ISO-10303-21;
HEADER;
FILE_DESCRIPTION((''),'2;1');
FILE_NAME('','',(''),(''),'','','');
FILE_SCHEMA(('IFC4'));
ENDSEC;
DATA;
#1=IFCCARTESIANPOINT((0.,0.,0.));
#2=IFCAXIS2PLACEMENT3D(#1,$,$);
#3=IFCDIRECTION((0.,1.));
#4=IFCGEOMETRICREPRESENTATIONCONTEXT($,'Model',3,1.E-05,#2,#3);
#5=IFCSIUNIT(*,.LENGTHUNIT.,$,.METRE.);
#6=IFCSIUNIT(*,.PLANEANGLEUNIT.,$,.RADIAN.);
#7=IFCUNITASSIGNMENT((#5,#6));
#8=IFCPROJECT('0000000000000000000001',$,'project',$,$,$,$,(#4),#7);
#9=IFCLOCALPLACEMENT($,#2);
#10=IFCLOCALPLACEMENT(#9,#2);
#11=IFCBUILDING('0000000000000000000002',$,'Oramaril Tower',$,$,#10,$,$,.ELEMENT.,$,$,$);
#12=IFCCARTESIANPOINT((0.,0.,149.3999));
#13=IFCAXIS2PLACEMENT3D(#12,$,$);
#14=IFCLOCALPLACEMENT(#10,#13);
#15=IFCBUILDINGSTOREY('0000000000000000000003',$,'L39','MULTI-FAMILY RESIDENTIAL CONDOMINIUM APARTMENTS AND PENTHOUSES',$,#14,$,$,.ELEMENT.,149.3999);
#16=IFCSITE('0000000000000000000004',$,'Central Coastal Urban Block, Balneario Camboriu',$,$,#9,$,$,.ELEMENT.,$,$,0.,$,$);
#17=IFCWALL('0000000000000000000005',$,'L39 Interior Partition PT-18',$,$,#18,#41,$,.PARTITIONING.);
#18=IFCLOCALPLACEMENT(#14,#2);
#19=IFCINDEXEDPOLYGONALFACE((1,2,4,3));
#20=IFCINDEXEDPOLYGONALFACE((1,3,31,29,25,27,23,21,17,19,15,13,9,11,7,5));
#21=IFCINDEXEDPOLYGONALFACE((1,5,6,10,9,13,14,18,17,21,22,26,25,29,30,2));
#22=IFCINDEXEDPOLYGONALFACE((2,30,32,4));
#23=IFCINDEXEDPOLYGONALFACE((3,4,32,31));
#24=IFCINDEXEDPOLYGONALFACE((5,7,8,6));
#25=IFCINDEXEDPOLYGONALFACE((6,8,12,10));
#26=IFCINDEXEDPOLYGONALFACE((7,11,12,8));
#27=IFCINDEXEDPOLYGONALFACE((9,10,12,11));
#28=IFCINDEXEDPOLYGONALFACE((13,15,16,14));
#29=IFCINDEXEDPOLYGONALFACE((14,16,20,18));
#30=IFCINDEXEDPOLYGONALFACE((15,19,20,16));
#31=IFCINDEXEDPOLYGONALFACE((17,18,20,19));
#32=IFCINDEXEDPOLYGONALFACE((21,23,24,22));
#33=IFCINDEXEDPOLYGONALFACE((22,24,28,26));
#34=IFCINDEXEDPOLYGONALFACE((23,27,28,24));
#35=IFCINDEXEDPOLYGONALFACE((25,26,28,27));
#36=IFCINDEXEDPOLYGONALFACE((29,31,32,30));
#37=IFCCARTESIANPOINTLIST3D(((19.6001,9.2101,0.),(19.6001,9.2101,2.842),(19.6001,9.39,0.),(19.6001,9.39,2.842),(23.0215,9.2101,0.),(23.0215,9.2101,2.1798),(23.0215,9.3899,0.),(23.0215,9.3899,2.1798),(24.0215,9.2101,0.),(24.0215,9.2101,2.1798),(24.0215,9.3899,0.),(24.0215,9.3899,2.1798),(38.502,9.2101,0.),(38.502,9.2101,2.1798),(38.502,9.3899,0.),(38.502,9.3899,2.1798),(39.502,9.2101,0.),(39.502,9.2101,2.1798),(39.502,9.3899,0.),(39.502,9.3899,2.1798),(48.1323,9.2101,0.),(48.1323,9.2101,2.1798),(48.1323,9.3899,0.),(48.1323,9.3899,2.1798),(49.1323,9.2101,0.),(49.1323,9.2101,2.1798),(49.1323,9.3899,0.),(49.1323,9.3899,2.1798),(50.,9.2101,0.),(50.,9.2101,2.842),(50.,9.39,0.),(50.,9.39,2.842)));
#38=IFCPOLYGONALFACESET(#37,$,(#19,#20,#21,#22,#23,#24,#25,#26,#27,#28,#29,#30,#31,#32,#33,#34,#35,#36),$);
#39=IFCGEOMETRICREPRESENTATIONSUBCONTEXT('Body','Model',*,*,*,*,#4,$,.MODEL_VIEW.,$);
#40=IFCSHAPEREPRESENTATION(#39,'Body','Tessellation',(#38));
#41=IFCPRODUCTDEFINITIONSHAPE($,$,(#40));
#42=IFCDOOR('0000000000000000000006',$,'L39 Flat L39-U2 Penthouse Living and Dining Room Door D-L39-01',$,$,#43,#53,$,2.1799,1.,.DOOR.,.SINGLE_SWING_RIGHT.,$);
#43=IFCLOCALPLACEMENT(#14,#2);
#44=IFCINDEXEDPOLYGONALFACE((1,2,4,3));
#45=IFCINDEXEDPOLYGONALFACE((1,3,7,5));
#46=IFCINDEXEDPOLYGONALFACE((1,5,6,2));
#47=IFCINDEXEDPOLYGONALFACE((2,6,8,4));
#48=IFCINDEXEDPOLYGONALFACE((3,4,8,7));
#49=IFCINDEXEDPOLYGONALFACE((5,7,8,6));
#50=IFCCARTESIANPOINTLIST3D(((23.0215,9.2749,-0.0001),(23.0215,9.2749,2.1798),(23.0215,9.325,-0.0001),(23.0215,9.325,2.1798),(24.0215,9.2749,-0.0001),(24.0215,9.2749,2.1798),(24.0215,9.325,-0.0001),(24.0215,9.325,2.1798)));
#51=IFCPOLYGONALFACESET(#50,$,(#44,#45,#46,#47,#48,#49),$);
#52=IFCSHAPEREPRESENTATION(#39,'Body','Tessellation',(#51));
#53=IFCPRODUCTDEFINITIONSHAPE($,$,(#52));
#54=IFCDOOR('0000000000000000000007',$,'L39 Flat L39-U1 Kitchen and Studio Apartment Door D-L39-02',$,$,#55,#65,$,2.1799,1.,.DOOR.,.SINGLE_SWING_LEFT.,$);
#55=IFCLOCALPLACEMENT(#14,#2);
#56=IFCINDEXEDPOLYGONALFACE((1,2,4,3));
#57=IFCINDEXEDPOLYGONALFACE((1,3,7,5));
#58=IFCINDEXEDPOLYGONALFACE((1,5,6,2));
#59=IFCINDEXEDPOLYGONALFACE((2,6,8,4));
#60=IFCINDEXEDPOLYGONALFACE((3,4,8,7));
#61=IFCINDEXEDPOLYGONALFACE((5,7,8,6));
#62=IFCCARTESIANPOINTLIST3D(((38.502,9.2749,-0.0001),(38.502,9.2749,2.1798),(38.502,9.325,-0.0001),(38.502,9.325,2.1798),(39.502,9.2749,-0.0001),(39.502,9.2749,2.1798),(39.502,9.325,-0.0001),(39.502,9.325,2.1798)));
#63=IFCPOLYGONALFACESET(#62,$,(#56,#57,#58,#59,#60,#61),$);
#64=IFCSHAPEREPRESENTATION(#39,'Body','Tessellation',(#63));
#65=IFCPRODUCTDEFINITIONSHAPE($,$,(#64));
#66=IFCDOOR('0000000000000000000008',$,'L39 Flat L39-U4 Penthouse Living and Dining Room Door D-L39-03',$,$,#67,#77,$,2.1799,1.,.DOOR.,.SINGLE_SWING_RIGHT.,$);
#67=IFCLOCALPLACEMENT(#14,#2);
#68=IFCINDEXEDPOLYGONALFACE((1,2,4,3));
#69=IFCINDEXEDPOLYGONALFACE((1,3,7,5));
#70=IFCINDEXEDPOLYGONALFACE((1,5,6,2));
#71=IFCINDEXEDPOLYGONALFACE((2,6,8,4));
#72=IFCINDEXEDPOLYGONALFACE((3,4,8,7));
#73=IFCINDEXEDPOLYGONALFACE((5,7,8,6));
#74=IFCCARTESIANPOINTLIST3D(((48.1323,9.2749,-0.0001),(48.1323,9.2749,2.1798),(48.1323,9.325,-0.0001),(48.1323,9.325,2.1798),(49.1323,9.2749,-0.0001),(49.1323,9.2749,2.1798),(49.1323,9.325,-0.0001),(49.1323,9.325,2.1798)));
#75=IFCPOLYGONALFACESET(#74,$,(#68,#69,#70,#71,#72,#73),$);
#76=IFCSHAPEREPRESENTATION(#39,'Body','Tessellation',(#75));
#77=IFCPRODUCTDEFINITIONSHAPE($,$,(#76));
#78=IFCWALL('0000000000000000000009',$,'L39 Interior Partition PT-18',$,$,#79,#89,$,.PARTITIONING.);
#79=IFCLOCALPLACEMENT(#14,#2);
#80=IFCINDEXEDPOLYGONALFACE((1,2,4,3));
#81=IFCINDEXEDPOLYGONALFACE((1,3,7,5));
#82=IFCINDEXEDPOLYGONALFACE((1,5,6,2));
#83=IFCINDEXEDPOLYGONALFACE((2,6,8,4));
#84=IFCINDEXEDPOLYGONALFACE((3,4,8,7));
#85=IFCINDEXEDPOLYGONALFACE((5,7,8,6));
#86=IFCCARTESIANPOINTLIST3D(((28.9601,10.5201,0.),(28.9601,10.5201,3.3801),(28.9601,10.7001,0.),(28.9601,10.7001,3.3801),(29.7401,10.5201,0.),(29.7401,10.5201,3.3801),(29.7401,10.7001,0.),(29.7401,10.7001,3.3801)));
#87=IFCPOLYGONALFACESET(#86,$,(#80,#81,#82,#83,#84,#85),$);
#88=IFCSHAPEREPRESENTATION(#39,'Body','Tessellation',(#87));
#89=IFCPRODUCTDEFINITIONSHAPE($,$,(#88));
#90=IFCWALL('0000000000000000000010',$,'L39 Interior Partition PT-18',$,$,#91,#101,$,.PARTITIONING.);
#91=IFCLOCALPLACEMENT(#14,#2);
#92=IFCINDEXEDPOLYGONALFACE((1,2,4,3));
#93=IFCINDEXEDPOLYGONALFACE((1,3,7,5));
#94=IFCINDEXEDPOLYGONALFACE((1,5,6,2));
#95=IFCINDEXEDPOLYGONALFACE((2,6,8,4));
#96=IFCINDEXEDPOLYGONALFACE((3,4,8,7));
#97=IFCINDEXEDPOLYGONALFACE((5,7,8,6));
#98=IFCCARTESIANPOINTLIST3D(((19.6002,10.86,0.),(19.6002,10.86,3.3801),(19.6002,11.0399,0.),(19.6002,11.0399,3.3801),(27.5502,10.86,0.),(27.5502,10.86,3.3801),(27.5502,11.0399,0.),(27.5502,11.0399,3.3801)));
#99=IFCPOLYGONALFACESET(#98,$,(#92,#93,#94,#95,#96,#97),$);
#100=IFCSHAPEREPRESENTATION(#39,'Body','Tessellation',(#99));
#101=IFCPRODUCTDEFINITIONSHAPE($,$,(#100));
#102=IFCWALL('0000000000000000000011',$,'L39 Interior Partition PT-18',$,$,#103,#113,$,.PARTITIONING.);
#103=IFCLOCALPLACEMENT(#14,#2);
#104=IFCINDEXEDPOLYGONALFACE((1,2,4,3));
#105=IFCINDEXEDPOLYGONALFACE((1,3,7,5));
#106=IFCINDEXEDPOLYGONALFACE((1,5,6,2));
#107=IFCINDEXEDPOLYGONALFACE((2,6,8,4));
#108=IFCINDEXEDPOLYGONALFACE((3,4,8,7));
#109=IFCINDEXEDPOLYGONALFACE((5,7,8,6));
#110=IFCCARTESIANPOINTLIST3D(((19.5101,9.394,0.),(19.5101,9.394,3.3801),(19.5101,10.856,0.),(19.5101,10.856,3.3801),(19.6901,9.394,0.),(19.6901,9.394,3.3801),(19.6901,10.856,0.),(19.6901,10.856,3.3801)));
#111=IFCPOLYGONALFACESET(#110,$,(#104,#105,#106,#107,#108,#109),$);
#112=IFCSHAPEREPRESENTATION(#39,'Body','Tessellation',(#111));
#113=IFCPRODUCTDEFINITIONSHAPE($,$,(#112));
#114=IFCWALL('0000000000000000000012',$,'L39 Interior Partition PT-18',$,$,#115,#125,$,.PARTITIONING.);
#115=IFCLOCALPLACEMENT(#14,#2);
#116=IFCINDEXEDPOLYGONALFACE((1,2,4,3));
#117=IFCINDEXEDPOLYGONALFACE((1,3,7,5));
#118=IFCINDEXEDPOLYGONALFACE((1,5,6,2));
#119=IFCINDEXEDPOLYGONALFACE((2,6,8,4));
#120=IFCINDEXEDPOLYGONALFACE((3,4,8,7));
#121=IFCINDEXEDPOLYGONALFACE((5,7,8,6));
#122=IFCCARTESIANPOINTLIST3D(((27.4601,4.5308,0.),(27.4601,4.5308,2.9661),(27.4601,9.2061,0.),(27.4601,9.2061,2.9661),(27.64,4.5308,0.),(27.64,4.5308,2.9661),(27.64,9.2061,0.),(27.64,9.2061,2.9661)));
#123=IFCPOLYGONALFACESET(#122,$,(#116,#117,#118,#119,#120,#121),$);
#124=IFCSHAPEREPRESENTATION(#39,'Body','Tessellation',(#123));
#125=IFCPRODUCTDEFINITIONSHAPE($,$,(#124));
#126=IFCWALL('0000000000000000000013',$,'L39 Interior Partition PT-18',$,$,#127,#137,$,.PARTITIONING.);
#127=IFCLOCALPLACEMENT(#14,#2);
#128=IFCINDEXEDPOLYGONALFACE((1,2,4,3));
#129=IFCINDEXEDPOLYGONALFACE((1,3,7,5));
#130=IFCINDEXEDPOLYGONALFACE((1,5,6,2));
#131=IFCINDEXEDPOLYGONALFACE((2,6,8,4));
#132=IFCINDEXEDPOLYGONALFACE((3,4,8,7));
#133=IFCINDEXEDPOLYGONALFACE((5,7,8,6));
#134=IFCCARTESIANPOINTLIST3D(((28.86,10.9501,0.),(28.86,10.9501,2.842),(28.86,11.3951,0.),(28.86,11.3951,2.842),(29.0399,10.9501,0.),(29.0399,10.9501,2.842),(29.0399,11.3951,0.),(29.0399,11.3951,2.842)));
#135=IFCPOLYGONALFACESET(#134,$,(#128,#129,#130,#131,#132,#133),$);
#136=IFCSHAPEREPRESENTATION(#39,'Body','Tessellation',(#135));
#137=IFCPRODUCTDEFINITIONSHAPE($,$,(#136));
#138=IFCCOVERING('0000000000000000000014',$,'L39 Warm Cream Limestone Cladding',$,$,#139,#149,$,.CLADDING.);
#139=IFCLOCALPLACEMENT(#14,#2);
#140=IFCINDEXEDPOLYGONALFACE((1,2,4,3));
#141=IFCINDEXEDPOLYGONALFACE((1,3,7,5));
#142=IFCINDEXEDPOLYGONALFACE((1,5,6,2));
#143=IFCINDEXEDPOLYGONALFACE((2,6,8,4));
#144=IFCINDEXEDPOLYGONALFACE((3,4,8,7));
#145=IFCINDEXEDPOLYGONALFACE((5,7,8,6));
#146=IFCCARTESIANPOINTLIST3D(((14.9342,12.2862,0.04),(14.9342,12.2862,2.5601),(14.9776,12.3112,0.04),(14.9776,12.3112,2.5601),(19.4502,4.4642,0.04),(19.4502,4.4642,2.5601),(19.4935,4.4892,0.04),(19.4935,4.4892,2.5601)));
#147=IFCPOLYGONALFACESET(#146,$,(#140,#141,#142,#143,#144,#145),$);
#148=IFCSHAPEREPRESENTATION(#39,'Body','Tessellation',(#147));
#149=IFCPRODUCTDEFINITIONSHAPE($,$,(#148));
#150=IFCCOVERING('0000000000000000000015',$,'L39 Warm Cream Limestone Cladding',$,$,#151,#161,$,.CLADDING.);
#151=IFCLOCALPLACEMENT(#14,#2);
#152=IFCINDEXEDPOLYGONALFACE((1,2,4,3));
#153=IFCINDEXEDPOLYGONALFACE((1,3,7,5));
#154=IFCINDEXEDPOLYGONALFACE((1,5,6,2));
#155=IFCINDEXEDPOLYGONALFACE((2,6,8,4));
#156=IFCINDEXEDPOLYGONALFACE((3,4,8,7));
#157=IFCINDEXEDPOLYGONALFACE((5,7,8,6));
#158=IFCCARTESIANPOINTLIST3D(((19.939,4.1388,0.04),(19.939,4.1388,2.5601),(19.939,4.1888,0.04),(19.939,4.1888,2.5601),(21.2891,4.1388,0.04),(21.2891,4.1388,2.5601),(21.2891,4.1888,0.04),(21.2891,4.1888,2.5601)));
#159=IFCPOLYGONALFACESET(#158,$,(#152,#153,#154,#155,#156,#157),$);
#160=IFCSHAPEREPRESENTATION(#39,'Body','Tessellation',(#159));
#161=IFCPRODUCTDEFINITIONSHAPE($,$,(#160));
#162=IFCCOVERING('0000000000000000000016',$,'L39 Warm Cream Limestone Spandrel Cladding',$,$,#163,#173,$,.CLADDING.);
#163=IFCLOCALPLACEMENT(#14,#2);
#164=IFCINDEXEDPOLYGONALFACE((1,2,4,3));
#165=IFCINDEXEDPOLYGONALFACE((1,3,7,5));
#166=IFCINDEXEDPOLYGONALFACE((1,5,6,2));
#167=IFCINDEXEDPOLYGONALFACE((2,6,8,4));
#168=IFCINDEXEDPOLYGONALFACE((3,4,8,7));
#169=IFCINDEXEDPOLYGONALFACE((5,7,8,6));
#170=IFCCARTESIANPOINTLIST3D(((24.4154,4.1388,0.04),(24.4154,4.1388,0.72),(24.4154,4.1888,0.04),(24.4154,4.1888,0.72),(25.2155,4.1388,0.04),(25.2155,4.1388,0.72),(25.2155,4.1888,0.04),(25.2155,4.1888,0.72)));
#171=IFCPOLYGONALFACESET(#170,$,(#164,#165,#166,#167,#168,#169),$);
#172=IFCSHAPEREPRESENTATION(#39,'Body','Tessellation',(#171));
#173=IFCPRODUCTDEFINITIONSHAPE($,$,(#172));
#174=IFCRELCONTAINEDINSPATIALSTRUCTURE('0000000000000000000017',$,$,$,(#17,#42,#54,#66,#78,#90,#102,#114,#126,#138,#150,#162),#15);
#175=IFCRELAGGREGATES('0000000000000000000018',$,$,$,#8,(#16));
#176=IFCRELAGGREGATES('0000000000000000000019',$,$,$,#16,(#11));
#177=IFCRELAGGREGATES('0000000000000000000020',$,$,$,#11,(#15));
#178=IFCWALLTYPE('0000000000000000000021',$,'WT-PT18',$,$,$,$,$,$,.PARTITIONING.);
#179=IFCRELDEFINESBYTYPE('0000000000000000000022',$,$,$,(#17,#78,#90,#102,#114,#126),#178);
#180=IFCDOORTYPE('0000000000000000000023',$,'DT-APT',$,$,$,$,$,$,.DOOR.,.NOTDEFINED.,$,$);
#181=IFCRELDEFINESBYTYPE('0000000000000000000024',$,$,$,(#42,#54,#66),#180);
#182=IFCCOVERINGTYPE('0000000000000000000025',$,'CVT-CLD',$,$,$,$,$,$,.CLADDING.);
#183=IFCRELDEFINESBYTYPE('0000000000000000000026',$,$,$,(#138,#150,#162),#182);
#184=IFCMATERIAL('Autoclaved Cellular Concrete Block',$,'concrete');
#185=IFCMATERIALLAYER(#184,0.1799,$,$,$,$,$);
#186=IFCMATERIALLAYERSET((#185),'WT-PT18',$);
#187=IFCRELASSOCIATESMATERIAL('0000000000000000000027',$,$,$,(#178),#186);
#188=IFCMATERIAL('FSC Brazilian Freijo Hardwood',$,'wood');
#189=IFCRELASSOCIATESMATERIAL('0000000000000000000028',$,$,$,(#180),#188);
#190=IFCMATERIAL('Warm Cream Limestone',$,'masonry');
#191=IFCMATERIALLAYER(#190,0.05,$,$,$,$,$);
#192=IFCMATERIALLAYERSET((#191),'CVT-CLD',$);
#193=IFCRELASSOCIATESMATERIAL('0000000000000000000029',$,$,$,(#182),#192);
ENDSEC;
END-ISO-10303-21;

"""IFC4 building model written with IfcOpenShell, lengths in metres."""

from ifc_helpers import new_model, si_unit, direction, frame, frame_2d, origin, origin_2d, place, context, subcontext, project, spatial, rectangle, extrude, material, layer, layer_set, type_object, element, fill, save


model = new_model("IFC4")

# Units and contexts
model_context = context("Model", 3, precision=1e-05, world=origin(), true_north=direction((0.0, 1.0)))
body_context = subcontext(model_context, "Body", "Model", "MODEL_VIEW")
ifc_project = project(units=[si_unit("LENGTHUNIT", "METRE"), si_unit("PLANEANGLEUNIT", "RADIAN")], contexts=[model_context])

# Site, building, storey
site_placement = place(None, origin())
site = spatial("IfcSite", under=ifc_project, at=site_placement, Name="Central Coastal Urban Block, Balneario Camboriu", CompositionType="ELEMENT", RefElevation=0.0)
building_placement = place(site_placement, origin())
building = spatial("IfcBuilding", under=site, at=building_placement, Name="Oramaril Tower", CompositionType="ELEMENT")
storey_placement = place(building_placement, frame((0.0, 0.0, 149.3999)))
storey = spatial("IfcBuildingStorey", under=building, at=storey_placement, Name="L39", Description="MULTI-FAMILY RESIDENTIAL CONDOMINIUM APARTMENTS AND PENTHOUSES", CompositionType="ELEMENT", Elevation=149.3999)

# Wall, openings, doors
ifc_material_1 = material(Name="Autoclaved Cellular Concrete Block", Category="concrete")
ifc_layer_1 = layer(ifc_material_1, 0.1799)
ifc_layer_set_1 = layer_set([ifc_layer_1], Name="WT-PT18")
wall_type_1 = type_object("IfcWallType", Name="WT-PT18", PredefinedType="PARTITIONING", material=ifc_layer_set_1)
wall_1_placement = place(storey_placement, frame((19.6001, 9.3, 0.0), z_axis=(0.0, 0.0, 1.0), x_axis=(1.0, 0.0, 0.0)))
wall_1 = element("IfcWall", 1, at=wall_1_placement, inside=storey, type_object=wall_type_1, Name="L39 Interior Partition PT-18", PredefinedType="PARTITIONING", context=body_context, shape_type="SweptSolid", body=[
    extrude(rectangle(XDim=30.3999, YDim=0.1799, at=frame_2d((15.2, 0.0))), origin(), (0.0, 0.0, 1.0), 2.842),
])
opening_1_placement = place(wall_1_placement, frame((3.4214, 0.0, 0.0)))
opening_1 = element("IfcOpeningElement", 2, at=opening_1_placement, cuts=wall_1, PredefinedType="OPENING", context=body_context, shape_type="SweptSolid", body=[
    extrude(rectangle(XDim=1.0, YDim=2.1799, at=frame_2d((0.5, 1.0898))), frame((0.0, 0.0898, 0.0), z_axis=(0.0, -1.0, 0.0), x_axis=(1.0, 0.0, 0.0)), (0.0, 0.0, 1.0), 0.1799),
])
opening_2_placement = place(wall_1_placement, frame((18.9019, 0.0, 0.0)))
opening_2 = element("IfcOpeningElement", 3, at=opening_2_placement, cuts=wall_1, PredefinedType="OPENING", context=body_context, shape_type="SweptSolid", body=[
    extrude(rectangle(XDim=1.0, YDim=2.1799, at=frame_2d((0.5, 1.0898))), frame((0.0, 0.0898, 0.0), z_axis=(0.0, -1.0, 0.0), x_axis=(1.0, 0.0, 0.0)), (0.0, 0.0, 1.0), 0.1799),
])
opening_3_placement = place(wall_1_placement, frame((28.5322, 0.0, 0.0)))
opening_3 = element("IfcOpeningElement", 4, at=opening_3_placement, cuts=wall_1, PredefinedType="OPENING", context=body_context, shape_type="SweptSolid", body=[
    extrude(rectangle(XDim=1.0, YDim=2.1799, at=frame_2d((0.5, 1.0898))), frame((0.0, 0.0898, 0.0), z_axis=(0.0, -1.0, 0.0), x_axis=(1.0, 0.0, 0.0)), (0.0, 0.0, 1.0), 0.1799),
])
ifc_material_2 = material(Name="FSC Brazilian Freijo Hardwood", Category="wood")
door_type_1 = type_object("IfcDoorType", Name="DT-APT", OperationType="NOTDEFINED", PredefinedType="DOOR", material=ifc_material_2)
door_1_placement = place(opening_1_placement, origin())
door_1 = element("IfcDoor", 5, at=door_1_placement, inside=storey, type_object=door_type_1, Name="L39 Flat L39-U2 Penthouse Living and Dining Room Door D-L39-01", OperationType="SINGLE_SWING_RIGHT", OverallHeight=2.1799, OverallWidth=1.0, PredefinedType="DOOR", context=body_context, shape_type="SweptSolid", body=[
    extrude(rectangle(XDim=1.0, YDim=2.1799, at=frame_2d((0.5, 1.0898))), frame((0.0, 0.0249, 0.0), z_axis=(0.0, -1.0, 0.0), x_axis=(1.0, 0.0, 0.0)), (0.0, 0.0, 1.0), 0.05),
])
fill(opening_1, door_1)
door_2_placement = place(opening_2_placement, origin())
door_2 = element("IfcDoor", 6, at=door_2_placement, inside=storey, type_object=door_type_1, Name="L39 Flat L39-U1 Kitchen and Studio Apartment Door D-L39-02", OperationType="SINGLE_SWING_LEFT", OverallHeight=2.1799, OverallWidth=1.0, PredefinedType="DOOR", context=body_context, shape_type="SweptSolid", body=[
    extrude(rectangle(XDim=1.0, YDim=2.1799, at=frame_2d((0.5, 1.0898))), frame((0.0, 0.0249, 0.0), z_axis=(0.0, -1.0, 0.0), x_axis=(1.0, 0.0, 0.0)), (0.0, 0.0, 1.0), 0.05),
])
fill(opening_2, door_2)
door_3_placement = place(opening_3_placement, origin())
door_3 = element("IfcDoor", 7, at=door_3_placement, inside=storey, type_object=door_type_1, Name="L39 Flat L39-U4 Penthouse Living and Dining Room Door D-L39-03", OperationType="SINGLE_SWING_RIGHT", OverallHeight=2.1799, OverallWidth=1.0, PredefinedType="DOOR", context=body_context, shape_type="SweptSolid", body=[
    extrude(rectangle(XDim=1.0, YDim=2.1799, at=frame_2d((0.5, 1.0898))), frame((0.0, 0.0249, 0.0), z_axis=(0.0, -1.0, 0.0), x_axis=(1.0, 0.0, 0.0)), (0.0, 0.0, 1.0), 0.05),
])
fill(opening_3, door_3)

# Walls
wall_2_placement = place(storey_placement, frame((28.96, 10.6101, 0.0), z_axis=(0.0, 0.0, 1.0), x_axis=(1.0, 0.0, 0.0)))
element("IfcWall", 8, at=wall_2_placement, inside=storey, type_object=wall_type_1, Name="L39 Interior Partition PT-18", PredefinedType="PARTITIONING", context=body_context, shape_type="SweptSolid", body=[
    extrude(rectangle(XDim=0.78, YDim=0.1799, at=frame_2d((0.3901, 0.0))), origin(), (0.0, 0.0, 1.0), 3.3801),
])
wall_3_placement = place(storey_placement, frame((19.6001, 10.95, 0.0), z_axis=(0.0, 0.0, 1.0), x_axis=(1.0, 0.0, 0.0)))
element("IfcWall", 9, at=wall_3_placement, inside=storey, type_object=wall_type_1, Name="L39 Interior Partition PT-18", PredefinedType="PARTITIONING", context=body_context, shape_type="SweptSolid", body=[
    extrude(rectangle(XDim=7.95, YDim=0.1799, at=frame_2d((3.9751, 0.0))), origin(), (0.0, 0.0, 1.0), 3.3801),
])
wall_4_placement = place(storey_placement, frame((19.6001, 9.394, 0.0), z_axis=(0.0, 0.0, 1.0), x_axis=(0.0, 1.0, 0.0)))
element("IfcWall", 10, at=wall_4_placement, inside=storey, type_object=wall_type_1, Name="L39 Interior Partition PT-18", PredefinedType="PARTITIONING", context=body_context, shape_type="SweptSolid", body=[
    extrude(rectangle(XDim=1.4619, YDim=0.1799, at=frame_2d((0.731, 0.0))), origin(), (0.0, 0.0, 1.0), 3.3801),
])
wall_5_placement = place(storey_placement, frame((27.55, 4.5308, 0.0), z_axis=(0.0, 0.0, 1.0), x_axis=(0.0, 1.0, 0.0)))
element("IfcWall", 11, at=wall_5_placement, inside=storey, type_object=wall_type_1, Name="L39 Interior Partition PT-18", PredefinedType="PARTITIONING", context=body_context, shape_type="SweptSolid", body=[
    extrude(rectangle(XDim=4.6753, YDim=0.1799, at=frame_2d((2.3376, 0.0))), origin(), (0.0, 0.0, 1.0), 2.9661),
])
wall_6_placement = place(storey_placement, frame((28.95, 10.95, 0.0), z_axis=(0.0, 0.0, 1.0), x_axis=(0.0, 1.0, 0.0)))
element("IfcWall", 12, at=wall_6_placement, inside=storey, type_object=wall_type_1, Name="L39 Interior Partition PT-18", PredefinedType="PARTITIONING", context=body_context, shape_type="SweptSolid", body=[
    extrude(rectangle(XDim=0.4451, YDim=0.1799, at=frame_2d((0.2227, 0.0))), origin(), (0.0, 0.0, 1.0), 2.842),
])

# Coverings
ifc_material_3 = material(Name="Warm Cream Limestone", Category="masonry")
ifc_layer_2 = layer(ifc_material_3, 0.05)
ifc_layer_set_2 = layer_set([ifc_layer_2], Name="CVT-CLD")
covering_type_1 = type_object("IfcCoveringType", Name="CVT-CLD", PredefinedType="CLADDING", material=ifc_layer_set_2)
covering_1_placement = place(storey_placement, frame((17.2139, 8.3877, 0.04), z_axis=(0.0, 0.0, 1.0), x_axis=(0.499998, -0.866026, 0.0)))
element("IfcCovering", 13, at=covering_1_placement, inside=storey, type_object=covering_type_1, Name="L39 Warm Cream Limestone Cladding", PredefinedType="CLADDING", context=body_context, shape_type="SweptSolid", body=[
    extrude(rectangle(XDim=9.032, YDim=0.05, at=origin_2d()), origin(), (0.0, 0.0, 1.0), 2.52),
])
covering_2_placement = place(storey_placement, frame((20.614, 4.1638, 0.04), z_axis=(0.0, 0.0, 1.0), x_axis=(1.0, 0.0, 0.0)))
element("IfcCovering", 14, at=covering_2_placement, inside=storey, type_object=covering_type_1, Name="L39 Warm Cream Limestone Cladding", PredefinedType="CLADDING", context=body_context, shape_type="SweptSolid", body=[
    extrude(rectangle(XDim=1.3501, YDim=0.05, at=origin_2d()), origin(), (0.0, 0.0, 1.0), 2.52),
])
covering_3_placement = place(storey_placement, frame((24.8154, 4.1638, 0.04), z_axis=(0.0, 0.0, 1.0), x_axis=(1.0, 0.0, 0.0)))
element("IfcCovering", 15, at=covering_3_placement, inside=storey, type_object=covering_type_1, Name="L39 Warm Cream Limestone Spandrel Cladding", PredefinedType="CLADDING", context=body_context, shape_type="SweptSolid", body=[
    extrude(rectangle(XDim=0.8, YDim=0.05, at=origin_2d()), origin(), (0.0, 0.0, 1.0), 0.6799),
])

save(model, "model.ifc")
